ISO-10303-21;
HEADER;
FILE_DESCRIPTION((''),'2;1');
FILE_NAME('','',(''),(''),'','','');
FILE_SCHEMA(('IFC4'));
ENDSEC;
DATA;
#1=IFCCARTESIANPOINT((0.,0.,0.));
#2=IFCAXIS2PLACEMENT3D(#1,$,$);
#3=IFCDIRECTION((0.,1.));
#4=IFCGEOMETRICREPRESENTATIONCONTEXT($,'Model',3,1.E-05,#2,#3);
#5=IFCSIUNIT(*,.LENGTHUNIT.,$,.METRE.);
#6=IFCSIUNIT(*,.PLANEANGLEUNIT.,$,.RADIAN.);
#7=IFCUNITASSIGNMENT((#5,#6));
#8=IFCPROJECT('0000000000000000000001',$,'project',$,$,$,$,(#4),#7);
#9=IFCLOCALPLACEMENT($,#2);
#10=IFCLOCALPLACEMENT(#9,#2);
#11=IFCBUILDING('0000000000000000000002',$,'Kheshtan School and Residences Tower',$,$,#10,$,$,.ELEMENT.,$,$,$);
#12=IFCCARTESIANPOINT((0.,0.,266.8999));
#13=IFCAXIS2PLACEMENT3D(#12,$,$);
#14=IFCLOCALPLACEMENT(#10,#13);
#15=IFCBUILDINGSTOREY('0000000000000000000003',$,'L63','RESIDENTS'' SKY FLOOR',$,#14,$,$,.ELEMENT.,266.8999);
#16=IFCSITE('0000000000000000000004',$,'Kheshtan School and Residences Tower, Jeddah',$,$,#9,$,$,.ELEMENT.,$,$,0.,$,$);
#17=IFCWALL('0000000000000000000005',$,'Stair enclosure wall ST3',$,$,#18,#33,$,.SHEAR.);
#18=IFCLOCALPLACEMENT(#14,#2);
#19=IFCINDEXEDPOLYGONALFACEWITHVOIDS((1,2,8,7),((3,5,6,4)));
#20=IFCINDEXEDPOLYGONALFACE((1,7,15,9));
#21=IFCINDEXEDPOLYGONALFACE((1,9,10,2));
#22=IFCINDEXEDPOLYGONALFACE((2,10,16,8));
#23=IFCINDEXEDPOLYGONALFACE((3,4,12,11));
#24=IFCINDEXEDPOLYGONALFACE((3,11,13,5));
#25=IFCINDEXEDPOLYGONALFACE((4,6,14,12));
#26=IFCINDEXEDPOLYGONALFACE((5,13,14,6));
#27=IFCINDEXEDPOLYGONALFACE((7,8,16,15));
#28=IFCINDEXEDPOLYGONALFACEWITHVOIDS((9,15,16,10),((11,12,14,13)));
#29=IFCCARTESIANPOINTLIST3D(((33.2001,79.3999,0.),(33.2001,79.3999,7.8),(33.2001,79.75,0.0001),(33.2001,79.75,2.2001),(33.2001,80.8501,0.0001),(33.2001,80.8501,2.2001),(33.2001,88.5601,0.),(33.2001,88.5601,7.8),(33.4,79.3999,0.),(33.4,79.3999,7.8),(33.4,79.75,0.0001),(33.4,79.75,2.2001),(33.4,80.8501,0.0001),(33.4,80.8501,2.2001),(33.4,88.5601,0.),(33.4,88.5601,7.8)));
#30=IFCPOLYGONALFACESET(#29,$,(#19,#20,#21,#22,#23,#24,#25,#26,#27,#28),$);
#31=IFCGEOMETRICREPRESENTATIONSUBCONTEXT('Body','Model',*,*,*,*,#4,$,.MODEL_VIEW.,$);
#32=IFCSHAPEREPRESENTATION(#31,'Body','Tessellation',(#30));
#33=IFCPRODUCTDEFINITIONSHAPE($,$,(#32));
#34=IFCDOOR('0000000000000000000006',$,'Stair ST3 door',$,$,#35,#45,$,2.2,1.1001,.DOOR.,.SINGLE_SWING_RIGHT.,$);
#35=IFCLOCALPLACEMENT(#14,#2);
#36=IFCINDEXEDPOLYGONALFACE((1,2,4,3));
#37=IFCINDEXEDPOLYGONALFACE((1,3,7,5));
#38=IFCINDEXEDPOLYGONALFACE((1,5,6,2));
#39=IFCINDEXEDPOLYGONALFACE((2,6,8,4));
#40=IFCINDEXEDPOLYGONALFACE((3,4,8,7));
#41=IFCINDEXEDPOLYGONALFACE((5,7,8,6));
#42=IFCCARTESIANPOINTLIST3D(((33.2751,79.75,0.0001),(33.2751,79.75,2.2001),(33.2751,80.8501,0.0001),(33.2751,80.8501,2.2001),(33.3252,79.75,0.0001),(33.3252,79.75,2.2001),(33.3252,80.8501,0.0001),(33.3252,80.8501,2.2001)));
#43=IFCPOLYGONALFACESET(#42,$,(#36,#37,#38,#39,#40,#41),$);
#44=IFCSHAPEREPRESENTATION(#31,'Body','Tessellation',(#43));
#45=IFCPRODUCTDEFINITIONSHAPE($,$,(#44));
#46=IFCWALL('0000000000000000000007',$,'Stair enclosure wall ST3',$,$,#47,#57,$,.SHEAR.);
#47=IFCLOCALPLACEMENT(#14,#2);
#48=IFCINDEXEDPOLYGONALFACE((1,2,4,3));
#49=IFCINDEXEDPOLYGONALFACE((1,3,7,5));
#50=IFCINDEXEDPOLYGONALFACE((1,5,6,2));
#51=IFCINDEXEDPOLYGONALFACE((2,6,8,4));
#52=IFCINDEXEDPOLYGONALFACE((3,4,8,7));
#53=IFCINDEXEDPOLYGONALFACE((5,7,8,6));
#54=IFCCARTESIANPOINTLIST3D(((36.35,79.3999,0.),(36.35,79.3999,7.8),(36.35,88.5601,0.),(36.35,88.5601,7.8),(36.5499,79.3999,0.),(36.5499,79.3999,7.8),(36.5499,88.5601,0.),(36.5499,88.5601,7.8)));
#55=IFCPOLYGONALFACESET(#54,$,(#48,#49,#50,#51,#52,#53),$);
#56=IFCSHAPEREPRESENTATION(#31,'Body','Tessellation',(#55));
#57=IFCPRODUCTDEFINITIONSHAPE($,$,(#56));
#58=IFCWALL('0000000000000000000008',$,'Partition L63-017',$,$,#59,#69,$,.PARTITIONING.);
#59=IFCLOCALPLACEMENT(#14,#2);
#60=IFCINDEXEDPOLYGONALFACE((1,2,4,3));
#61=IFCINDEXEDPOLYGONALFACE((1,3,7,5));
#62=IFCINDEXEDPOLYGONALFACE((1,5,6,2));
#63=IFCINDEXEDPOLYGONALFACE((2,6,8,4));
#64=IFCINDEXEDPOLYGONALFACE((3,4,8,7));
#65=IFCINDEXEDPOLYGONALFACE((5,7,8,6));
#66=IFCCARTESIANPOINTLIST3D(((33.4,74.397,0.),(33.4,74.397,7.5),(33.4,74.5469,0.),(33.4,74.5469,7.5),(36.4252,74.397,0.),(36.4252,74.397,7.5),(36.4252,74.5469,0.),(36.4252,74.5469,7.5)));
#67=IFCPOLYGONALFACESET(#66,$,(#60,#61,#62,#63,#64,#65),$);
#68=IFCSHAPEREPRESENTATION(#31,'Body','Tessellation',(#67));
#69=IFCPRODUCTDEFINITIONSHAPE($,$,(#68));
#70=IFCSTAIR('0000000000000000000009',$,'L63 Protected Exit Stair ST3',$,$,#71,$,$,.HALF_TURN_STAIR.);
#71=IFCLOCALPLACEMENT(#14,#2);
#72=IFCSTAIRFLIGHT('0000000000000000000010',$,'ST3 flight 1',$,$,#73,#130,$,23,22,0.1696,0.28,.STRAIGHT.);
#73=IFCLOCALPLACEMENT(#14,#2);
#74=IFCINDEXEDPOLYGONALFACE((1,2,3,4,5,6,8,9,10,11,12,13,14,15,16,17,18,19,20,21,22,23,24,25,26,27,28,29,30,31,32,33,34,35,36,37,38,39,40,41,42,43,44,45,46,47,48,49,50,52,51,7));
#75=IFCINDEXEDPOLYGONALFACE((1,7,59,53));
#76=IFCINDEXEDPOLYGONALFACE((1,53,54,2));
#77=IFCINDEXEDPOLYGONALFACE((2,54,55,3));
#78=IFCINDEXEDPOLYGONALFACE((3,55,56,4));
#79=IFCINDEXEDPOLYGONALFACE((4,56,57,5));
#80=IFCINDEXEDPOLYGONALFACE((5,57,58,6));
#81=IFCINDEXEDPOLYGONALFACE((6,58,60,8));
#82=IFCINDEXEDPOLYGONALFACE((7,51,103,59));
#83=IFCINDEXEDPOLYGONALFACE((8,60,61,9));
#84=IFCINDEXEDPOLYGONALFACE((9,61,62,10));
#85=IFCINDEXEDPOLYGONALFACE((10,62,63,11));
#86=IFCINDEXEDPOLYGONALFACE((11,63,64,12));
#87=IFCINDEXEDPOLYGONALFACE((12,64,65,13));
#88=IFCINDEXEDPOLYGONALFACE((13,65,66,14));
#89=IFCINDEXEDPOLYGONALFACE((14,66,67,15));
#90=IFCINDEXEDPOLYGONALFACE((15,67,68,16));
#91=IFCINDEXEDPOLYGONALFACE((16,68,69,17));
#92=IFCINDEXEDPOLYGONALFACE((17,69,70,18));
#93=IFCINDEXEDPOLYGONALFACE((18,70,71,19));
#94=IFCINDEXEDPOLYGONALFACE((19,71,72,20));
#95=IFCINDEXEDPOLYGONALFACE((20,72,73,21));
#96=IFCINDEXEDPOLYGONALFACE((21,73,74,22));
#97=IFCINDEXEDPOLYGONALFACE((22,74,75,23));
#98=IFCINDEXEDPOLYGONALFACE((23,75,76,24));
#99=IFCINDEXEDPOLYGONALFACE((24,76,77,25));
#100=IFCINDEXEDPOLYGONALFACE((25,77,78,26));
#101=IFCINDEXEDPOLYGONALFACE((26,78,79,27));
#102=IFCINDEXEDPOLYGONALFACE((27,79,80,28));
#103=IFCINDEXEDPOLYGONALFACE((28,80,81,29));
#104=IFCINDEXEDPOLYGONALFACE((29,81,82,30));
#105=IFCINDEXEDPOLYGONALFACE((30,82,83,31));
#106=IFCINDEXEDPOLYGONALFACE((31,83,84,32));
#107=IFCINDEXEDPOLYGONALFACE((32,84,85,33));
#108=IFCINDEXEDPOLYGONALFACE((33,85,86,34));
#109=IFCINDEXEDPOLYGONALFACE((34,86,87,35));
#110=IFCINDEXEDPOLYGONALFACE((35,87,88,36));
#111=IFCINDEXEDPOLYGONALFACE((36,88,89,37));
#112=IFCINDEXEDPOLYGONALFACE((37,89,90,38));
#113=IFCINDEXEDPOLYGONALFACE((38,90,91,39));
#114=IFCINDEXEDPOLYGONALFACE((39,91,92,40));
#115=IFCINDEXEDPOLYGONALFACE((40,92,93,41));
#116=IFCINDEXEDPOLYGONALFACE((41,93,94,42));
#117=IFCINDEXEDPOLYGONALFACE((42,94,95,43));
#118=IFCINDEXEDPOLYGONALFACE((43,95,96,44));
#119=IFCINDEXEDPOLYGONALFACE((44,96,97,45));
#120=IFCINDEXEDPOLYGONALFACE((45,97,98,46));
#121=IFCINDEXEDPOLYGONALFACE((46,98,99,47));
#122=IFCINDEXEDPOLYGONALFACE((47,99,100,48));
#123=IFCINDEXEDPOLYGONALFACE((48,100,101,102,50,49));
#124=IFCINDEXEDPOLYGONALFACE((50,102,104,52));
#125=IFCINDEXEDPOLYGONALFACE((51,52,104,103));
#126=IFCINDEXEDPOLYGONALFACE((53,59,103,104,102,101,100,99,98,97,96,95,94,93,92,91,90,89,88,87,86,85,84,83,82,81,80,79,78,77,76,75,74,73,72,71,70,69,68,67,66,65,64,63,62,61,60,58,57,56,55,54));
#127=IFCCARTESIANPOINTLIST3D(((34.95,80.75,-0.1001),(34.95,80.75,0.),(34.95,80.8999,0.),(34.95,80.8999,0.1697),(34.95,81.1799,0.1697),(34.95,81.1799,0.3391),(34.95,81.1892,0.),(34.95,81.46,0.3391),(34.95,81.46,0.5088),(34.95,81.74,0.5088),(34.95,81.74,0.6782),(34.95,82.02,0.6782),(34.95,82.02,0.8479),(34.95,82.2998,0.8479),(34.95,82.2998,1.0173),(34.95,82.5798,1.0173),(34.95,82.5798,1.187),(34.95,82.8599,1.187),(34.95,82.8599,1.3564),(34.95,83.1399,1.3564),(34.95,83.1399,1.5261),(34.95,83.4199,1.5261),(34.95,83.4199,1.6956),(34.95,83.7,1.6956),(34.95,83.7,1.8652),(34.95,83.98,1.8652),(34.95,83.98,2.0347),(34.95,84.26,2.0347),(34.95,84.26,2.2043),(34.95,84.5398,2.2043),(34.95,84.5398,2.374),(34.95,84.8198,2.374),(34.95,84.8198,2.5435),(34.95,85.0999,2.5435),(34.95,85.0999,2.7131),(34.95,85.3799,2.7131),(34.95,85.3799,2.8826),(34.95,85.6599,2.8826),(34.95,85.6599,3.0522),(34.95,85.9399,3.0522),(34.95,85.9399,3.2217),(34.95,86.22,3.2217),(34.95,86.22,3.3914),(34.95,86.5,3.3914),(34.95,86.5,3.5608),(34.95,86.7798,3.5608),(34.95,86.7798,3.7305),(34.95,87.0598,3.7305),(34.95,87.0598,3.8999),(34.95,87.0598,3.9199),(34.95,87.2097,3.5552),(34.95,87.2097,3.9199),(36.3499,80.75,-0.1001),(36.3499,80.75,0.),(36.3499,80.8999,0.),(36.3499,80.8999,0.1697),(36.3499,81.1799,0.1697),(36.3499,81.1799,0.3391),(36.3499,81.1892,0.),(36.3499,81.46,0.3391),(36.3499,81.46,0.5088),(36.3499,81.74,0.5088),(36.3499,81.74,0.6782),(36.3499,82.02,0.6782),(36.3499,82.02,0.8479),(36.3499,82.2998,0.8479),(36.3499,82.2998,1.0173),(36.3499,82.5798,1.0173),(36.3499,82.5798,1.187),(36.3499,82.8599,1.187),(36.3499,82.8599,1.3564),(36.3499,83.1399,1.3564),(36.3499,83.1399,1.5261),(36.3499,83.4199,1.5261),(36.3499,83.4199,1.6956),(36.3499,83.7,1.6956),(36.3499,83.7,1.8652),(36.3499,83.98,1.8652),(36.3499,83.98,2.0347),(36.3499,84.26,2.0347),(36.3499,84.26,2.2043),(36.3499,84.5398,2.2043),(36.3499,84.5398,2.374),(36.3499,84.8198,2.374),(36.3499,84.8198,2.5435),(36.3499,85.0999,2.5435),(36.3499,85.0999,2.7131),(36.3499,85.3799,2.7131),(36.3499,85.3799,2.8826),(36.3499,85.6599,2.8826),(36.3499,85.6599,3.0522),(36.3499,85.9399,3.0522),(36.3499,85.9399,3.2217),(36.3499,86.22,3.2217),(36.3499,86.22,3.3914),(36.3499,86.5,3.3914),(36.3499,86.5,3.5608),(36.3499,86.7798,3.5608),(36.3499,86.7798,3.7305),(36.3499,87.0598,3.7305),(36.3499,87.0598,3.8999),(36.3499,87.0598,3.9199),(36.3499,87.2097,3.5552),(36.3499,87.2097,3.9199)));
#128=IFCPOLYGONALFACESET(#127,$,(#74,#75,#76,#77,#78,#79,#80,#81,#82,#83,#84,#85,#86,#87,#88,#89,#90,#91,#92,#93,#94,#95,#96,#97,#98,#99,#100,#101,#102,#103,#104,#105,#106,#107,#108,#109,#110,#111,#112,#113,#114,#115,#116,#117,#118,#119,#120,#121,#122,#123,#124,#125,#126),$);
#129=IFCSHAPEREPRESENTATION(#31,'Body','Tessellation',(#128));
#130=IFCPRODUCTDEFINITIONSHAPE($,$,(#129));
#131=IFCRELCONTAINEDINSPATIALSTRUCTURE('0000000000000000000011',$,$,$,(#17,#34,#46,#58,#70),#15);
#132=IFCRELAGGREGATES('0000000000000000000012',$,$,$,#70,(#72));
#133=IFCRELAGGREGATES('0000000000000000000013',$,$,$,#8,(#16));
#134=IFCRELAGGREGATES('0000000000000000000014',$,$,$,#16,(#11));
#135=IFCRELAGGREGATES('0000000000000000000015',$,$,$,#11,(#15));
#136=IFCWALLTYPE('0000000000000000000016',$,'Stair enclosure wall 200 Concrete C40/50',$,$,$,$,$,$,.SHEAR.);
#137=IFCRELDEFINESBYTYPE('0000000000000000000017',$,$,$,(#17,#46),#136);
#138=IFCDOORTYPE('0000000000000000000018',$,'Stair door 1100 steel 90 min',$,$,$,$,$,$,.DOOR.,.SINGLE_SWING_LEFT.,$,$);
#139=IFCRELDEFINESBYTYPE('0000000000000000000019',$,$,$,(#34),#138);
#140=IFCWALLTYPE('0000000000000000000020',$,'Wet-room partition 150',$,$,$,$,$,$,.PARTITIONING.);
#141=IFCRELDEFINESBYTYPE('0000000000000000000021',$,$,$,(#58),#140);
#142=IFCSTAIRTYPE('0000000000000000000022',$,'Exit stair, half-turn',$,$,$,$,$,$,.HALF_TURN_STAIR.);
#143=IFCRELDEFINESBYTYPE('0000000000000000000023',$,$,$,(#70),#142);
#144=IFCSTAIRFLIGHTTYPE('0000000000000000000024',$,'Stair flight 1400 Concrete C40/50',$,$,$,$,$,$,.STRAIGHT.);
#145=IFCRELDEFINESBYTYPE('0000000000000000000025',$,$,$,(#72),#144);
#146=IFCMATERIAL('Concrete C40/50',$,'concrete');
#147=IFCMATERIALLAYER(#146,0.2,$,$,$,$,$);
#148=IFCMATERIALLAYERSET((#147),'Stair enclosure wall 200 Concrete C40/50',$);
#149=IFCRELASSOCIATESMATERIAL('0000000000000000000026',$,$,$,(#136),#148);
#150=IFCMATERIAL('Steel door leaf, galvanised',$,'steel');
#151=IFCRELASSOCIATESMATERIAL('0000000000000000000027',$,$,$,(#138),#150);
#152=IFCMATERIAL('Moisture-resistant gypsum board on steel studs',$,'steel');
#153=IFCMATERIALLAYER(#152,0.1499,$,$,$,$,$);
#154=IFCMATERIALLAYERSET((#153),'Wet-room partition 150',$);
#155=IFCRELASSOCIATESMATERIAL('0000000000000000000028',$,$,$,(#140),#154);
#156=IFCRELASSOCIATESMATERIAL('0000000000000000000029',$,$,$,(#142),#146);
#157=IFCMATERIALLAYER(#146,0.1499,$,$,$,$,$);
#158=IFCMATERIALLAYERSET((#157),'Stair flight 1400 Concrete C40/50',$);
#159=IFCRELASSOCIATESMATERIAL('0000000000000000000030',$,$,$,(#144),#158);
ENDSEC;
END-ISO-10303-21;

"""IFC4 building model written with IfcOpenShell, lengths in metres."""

from ifc_helpers import new_model, si_unit, direction, frame, frame_2d, origin, place, context, subcontext, project, spatial, polyline, rectangle, outline, extrude, source, transform, mapped, material, layer, layer_set, type_object, element, fill, aggregate, save


model = new_model("IFC4")

# Units and contexts
model_context = context("Model", 3, precision=1e-05, world=origin(), true_north=direction((0.0, 1.0)))
body_context = subcontext(model_context, "Body", "Model", "MODEL_VIEW")
ifc_project = project(units=[si_unit("LENGTHUNIT", "METRE"), si_unit("PLANEANGLEUNIT", "RADIAN")], contexts=[model_context])

# Site, building, storey
site_placement = place(None, origin())
site = spatial("IfcSite", under=ifc_project, at=site_placement, Name="Kheshtan School and Residences Tower, Jeddah", CompositionType="ELEMENT", RefElevation=0.0)
building_placement = place(site_placement, origin())
building = spatial("IfcBuilding", under=site, at=building_placement, Name="Kheshtan School and Residences Tower", CompositionType="ELEMENT")
storey_placement = place(building_placement, frame((0.0, 0.0, 266.8999)))
storey = spatial("IfcBuildingStorey", under=building, at=storey_placement, Name="L63", Description="RESIDENTS' SKY FLOOR", CompositionType="ELEMENT", Elevation=266.8999)

# Shared definitions
ifc_material_1 = material(Name="Concrete C40/50", Category="concrete")
ifc_layer_1 = layer(ifc_material_1, 0.2)
ifc_layer_set_1 = layer_set([ifc_layer_1], Name="Stair enclosure wall 200 Concrete C40/50")
wall_type_1 = type_object("IfcWallType", Name="Stair enclosure wall 200 Concrete C40/50", PredefinedType="SHEAR", material=ifc_layer_set_1)

# Wall, opening, door
wall_1_placement = place(storey_placement, frame((33.3, 79.3999, 0.0), z_axis=(0.0, 0.0, 1.0), x_axis=(0.0, 1.0, 0.0)))
wall_1 = element("IfcWall", 1, at=wall_1_placement, inside=storey, type_object=wall_type_1, Name="Stair enclosure wall ST3", PredefinedType="SHEAR", context=body_context, shape_type="SweptSolid", body=[
    extrude(rectangle(XDim=9.1602, YDim=0.2, at=frame_2d((4.5801, 0.0))), origin(), (0.0, 0.0, 1.0), 7.8),
])
opening_1_placement = place(wall_1_placement, frame((0.3501, 0.0, 0.0)))
opening_1 = element("IfcOpeningElement", 2, at=opening_1_placement, cuts=wall_1, PredefinedType="OPENING", context=body_context, shape_type="SweptSolid", body=[
    extrude(rectangle(XDim=1.1001, YDim=2.2, at=frame_2d((0.55, 1.1001))), frame((0.0, 0.1099, 0.0), z_axis=(0.0, -1.0, 0.0), x_axis=(1.0, 0.0, 0.0)), (0.0, 0.0, 1.0), 0.22),
])
ifc_material_2 = material(Name="Steel door leaf, galvanised", Category="steel")
door_type_1 = type_object("IfcDoorType", Name="Stair door 1100 steel 90 min", OperationType="SINGLE_SWING_LEFT", PredefinedType="DOOR", material=ifc_material_2)
shared_shape_1 = source(origin(), body_context, "Body", "SweptSolid", [
    extrude(rectangle(XDim=1.1001, YDim=2.2, at=frame_2d((0.55, 1.1001))), frame((0.0, 0.0249, 0.0), z_axis=(0.0, -1.0, 0.0), x_axis=(1.0, 0.0, 0.0)), (0.0, 0.0, 1.0), 0.05),
])
door_1_placement = place(opening_1_placement, origin())
door_1 = element("IfcDoor", 3, at=door_1_placement, inside=storey, type_object=door_type_1, Name="Stair ST3 door", OperationType="SINGLE_SWING_RIGHT", OverallHeight=2.2, OverallWidth=1.1001, PredefinedType="DOOR", context=body_context, shape_type="MappedRepresentation", body=[
    mapped(shared_shape_1, transform((0.0, 0.0, 0.0), x_axis=(1.0, 0.0, 0.0), y_axis=(0.0, 1.0, 0.0), z_axis=(0.0, 0.0, 1.0), scale=1.0)),
])
fill(opening_1, door_1)

# Walls
wall_2_placement = place(storey_placement, frame((36.45, 79.3999, 0.0), z_axis=(0.0, 0.0, 1.0), x_axis=(0.0, 1.0, 0.0)))
element("IfcWall", 4, at=wall_2_placement, inside=storey, type_object=wall_type_1, Name="Stair enclosure wall ST3", PredefinedType="SHEAR", context=body_context, shape_type="SweptSolid", body=[
    extrude(rectangle(XDim=9.1602, YDim=0.2, at=frame_2d((4.5801, 0.0))), origin(), (0.0, 0.0, 1.0), 7.8),
])
ifc_material_3 = material(Name="Moisture-resistant gypsum board on steel studs", Category="steel")
ifc_layer_2 = layer(ifc_material_3, 0.1499)
ifc_layer_set_2 = layer_set([ifc_layer_2], Name="Wet-room partition 150")
wall_type_2 = type_object("IfcWallType", Name="Wet-room partition 150", PredefinedType="PARTITIONING", material=ifc_layer_set_2)
wall_3_placement = place(storey_placement, frame((33.3999, 74.4719, 0.0), z_axis=(0.0, 0.0, 1.0), x_axis=(1.0, 0.0, 0.0)))
element("IfcWall", 5, at=wall_3_placement, inside=storey, type_object=wall_type_2, Name="Partition L63-017", PredefinedType="PARTITIONING", context=body_context, shape_type="SweptSolid", body=[
    extrude(rectangle(XDim=3.0251, YDim=0.1499, at=frame_2d((1.5127, 0.0))), origin(), (0.0, 0.0, 1.0), 7.5),
])

# Stair, stair flight
stair_type = type_object("IfcStairType", Name="Exit stair, half-turn", PredefinedType="HALF_TURN_STAIR", material=ifc_material_1)
stair_placement = place(storey_placement, origin())
stair = element("IfcStair", 6, at=stair_placement, inside=storey, type_object=stair_type, Name="L63 Protected Exit Stair ST3", PredefinedType="HALF_TURN_STAIR")
ifc_layer_3 = layer(ifc_material_1, 0.1499)
ifc_layer_set_3 = layer_set([ifc_layer_3], Name="Stair flight 1400 Concrete C40/50")
stair_flight_type = type_object("IfcStairFlightType", Name="Stair flight 1400 Concrete C40/50", PredefinedType="STRAIGHT", material=ifc_layer_set_3)
stair_flight_1_placement = place(storey_placement, frame((35.6499, 80.8999, 0.0), z_axis=(0.0, 0.0, 1.0), x_axis=(0.0, 1.0, 0.0)))
stair_flight_1 = element("IfcStairFlight", 7, at=stair_flight_1_placement, type_object=stair_flight_type, Name="ST3 flight 1", NumberOfRisers=23, NumberOfTreads=22, PredefinedType="STRAIGHT", RiserHeight=0.1696, TreadLength=0.28, context=body_context, shape_type="SweptSolid", body=[
    extrude(outline(polyline([(-0.1499, -0.1001), (-0.1499, 0.0), (0.0, 0.0), (0.0, 0.1697), (0.28, 0.1697), (0.28, 0.3391), (0.5601, 0.3391), (0.5601, 0.5088), (0.8401, 0.5088), (0.8401, 0.6782), (1.1201, 0.6782), (1.1201, 0.8479), (1.3999, 0.8479), (1.3999, 1.0173), (1.6799, 1.0173), (1.6799, 1.187), (1.96, 1.187), (1.96, 1.3564), (2.24, 1.3564), (2.24, 1.5261), (2.52, 1.5261), (2.52, 1.6956), (2.8, 1.6956), (2.8, 1.8652), (3.0801, 1.8652), (3.0801, 2.0347), (3.3601, 2.0347), (3.3601, 2.2043), (3.6399, 2.2043), (3.6399, 2.374), (3.9199, 2.374), (3.9199, 2.5435), (4.2, 2.5435), (4.2, 2.7131), (4.48, 2.7131), (4.48, 2.8826), (4.76, 2.8826), (4.76, 3.0522), (5.04, 3.0522), (5.04, 3.2217), (5.3201, 3.2217), (5.3201, 3.3914), (5.6001, 3.3914), (5.6001, 3.5608), (5.8799, 3.5608), (5.8799, 3.7305), (6.1599, 3.7305), (6.1599, 3.8999), (6.1599, 3.9199), (6.3098, 3.9199), (6.3098, 3.5552), (0.2893, 0.0), (-0.1499, -0.1001)])), frame((0.0, 0.7, 0.0), z_axis=(0.0, -1.0, 0.0), x_axis=(1.0, 0.0, 0.0)), (0.0, 0.0, 1.0), 1.3999),
])
aggregate(stair, [stair_flight_1])

save(model, "model.ifc")
